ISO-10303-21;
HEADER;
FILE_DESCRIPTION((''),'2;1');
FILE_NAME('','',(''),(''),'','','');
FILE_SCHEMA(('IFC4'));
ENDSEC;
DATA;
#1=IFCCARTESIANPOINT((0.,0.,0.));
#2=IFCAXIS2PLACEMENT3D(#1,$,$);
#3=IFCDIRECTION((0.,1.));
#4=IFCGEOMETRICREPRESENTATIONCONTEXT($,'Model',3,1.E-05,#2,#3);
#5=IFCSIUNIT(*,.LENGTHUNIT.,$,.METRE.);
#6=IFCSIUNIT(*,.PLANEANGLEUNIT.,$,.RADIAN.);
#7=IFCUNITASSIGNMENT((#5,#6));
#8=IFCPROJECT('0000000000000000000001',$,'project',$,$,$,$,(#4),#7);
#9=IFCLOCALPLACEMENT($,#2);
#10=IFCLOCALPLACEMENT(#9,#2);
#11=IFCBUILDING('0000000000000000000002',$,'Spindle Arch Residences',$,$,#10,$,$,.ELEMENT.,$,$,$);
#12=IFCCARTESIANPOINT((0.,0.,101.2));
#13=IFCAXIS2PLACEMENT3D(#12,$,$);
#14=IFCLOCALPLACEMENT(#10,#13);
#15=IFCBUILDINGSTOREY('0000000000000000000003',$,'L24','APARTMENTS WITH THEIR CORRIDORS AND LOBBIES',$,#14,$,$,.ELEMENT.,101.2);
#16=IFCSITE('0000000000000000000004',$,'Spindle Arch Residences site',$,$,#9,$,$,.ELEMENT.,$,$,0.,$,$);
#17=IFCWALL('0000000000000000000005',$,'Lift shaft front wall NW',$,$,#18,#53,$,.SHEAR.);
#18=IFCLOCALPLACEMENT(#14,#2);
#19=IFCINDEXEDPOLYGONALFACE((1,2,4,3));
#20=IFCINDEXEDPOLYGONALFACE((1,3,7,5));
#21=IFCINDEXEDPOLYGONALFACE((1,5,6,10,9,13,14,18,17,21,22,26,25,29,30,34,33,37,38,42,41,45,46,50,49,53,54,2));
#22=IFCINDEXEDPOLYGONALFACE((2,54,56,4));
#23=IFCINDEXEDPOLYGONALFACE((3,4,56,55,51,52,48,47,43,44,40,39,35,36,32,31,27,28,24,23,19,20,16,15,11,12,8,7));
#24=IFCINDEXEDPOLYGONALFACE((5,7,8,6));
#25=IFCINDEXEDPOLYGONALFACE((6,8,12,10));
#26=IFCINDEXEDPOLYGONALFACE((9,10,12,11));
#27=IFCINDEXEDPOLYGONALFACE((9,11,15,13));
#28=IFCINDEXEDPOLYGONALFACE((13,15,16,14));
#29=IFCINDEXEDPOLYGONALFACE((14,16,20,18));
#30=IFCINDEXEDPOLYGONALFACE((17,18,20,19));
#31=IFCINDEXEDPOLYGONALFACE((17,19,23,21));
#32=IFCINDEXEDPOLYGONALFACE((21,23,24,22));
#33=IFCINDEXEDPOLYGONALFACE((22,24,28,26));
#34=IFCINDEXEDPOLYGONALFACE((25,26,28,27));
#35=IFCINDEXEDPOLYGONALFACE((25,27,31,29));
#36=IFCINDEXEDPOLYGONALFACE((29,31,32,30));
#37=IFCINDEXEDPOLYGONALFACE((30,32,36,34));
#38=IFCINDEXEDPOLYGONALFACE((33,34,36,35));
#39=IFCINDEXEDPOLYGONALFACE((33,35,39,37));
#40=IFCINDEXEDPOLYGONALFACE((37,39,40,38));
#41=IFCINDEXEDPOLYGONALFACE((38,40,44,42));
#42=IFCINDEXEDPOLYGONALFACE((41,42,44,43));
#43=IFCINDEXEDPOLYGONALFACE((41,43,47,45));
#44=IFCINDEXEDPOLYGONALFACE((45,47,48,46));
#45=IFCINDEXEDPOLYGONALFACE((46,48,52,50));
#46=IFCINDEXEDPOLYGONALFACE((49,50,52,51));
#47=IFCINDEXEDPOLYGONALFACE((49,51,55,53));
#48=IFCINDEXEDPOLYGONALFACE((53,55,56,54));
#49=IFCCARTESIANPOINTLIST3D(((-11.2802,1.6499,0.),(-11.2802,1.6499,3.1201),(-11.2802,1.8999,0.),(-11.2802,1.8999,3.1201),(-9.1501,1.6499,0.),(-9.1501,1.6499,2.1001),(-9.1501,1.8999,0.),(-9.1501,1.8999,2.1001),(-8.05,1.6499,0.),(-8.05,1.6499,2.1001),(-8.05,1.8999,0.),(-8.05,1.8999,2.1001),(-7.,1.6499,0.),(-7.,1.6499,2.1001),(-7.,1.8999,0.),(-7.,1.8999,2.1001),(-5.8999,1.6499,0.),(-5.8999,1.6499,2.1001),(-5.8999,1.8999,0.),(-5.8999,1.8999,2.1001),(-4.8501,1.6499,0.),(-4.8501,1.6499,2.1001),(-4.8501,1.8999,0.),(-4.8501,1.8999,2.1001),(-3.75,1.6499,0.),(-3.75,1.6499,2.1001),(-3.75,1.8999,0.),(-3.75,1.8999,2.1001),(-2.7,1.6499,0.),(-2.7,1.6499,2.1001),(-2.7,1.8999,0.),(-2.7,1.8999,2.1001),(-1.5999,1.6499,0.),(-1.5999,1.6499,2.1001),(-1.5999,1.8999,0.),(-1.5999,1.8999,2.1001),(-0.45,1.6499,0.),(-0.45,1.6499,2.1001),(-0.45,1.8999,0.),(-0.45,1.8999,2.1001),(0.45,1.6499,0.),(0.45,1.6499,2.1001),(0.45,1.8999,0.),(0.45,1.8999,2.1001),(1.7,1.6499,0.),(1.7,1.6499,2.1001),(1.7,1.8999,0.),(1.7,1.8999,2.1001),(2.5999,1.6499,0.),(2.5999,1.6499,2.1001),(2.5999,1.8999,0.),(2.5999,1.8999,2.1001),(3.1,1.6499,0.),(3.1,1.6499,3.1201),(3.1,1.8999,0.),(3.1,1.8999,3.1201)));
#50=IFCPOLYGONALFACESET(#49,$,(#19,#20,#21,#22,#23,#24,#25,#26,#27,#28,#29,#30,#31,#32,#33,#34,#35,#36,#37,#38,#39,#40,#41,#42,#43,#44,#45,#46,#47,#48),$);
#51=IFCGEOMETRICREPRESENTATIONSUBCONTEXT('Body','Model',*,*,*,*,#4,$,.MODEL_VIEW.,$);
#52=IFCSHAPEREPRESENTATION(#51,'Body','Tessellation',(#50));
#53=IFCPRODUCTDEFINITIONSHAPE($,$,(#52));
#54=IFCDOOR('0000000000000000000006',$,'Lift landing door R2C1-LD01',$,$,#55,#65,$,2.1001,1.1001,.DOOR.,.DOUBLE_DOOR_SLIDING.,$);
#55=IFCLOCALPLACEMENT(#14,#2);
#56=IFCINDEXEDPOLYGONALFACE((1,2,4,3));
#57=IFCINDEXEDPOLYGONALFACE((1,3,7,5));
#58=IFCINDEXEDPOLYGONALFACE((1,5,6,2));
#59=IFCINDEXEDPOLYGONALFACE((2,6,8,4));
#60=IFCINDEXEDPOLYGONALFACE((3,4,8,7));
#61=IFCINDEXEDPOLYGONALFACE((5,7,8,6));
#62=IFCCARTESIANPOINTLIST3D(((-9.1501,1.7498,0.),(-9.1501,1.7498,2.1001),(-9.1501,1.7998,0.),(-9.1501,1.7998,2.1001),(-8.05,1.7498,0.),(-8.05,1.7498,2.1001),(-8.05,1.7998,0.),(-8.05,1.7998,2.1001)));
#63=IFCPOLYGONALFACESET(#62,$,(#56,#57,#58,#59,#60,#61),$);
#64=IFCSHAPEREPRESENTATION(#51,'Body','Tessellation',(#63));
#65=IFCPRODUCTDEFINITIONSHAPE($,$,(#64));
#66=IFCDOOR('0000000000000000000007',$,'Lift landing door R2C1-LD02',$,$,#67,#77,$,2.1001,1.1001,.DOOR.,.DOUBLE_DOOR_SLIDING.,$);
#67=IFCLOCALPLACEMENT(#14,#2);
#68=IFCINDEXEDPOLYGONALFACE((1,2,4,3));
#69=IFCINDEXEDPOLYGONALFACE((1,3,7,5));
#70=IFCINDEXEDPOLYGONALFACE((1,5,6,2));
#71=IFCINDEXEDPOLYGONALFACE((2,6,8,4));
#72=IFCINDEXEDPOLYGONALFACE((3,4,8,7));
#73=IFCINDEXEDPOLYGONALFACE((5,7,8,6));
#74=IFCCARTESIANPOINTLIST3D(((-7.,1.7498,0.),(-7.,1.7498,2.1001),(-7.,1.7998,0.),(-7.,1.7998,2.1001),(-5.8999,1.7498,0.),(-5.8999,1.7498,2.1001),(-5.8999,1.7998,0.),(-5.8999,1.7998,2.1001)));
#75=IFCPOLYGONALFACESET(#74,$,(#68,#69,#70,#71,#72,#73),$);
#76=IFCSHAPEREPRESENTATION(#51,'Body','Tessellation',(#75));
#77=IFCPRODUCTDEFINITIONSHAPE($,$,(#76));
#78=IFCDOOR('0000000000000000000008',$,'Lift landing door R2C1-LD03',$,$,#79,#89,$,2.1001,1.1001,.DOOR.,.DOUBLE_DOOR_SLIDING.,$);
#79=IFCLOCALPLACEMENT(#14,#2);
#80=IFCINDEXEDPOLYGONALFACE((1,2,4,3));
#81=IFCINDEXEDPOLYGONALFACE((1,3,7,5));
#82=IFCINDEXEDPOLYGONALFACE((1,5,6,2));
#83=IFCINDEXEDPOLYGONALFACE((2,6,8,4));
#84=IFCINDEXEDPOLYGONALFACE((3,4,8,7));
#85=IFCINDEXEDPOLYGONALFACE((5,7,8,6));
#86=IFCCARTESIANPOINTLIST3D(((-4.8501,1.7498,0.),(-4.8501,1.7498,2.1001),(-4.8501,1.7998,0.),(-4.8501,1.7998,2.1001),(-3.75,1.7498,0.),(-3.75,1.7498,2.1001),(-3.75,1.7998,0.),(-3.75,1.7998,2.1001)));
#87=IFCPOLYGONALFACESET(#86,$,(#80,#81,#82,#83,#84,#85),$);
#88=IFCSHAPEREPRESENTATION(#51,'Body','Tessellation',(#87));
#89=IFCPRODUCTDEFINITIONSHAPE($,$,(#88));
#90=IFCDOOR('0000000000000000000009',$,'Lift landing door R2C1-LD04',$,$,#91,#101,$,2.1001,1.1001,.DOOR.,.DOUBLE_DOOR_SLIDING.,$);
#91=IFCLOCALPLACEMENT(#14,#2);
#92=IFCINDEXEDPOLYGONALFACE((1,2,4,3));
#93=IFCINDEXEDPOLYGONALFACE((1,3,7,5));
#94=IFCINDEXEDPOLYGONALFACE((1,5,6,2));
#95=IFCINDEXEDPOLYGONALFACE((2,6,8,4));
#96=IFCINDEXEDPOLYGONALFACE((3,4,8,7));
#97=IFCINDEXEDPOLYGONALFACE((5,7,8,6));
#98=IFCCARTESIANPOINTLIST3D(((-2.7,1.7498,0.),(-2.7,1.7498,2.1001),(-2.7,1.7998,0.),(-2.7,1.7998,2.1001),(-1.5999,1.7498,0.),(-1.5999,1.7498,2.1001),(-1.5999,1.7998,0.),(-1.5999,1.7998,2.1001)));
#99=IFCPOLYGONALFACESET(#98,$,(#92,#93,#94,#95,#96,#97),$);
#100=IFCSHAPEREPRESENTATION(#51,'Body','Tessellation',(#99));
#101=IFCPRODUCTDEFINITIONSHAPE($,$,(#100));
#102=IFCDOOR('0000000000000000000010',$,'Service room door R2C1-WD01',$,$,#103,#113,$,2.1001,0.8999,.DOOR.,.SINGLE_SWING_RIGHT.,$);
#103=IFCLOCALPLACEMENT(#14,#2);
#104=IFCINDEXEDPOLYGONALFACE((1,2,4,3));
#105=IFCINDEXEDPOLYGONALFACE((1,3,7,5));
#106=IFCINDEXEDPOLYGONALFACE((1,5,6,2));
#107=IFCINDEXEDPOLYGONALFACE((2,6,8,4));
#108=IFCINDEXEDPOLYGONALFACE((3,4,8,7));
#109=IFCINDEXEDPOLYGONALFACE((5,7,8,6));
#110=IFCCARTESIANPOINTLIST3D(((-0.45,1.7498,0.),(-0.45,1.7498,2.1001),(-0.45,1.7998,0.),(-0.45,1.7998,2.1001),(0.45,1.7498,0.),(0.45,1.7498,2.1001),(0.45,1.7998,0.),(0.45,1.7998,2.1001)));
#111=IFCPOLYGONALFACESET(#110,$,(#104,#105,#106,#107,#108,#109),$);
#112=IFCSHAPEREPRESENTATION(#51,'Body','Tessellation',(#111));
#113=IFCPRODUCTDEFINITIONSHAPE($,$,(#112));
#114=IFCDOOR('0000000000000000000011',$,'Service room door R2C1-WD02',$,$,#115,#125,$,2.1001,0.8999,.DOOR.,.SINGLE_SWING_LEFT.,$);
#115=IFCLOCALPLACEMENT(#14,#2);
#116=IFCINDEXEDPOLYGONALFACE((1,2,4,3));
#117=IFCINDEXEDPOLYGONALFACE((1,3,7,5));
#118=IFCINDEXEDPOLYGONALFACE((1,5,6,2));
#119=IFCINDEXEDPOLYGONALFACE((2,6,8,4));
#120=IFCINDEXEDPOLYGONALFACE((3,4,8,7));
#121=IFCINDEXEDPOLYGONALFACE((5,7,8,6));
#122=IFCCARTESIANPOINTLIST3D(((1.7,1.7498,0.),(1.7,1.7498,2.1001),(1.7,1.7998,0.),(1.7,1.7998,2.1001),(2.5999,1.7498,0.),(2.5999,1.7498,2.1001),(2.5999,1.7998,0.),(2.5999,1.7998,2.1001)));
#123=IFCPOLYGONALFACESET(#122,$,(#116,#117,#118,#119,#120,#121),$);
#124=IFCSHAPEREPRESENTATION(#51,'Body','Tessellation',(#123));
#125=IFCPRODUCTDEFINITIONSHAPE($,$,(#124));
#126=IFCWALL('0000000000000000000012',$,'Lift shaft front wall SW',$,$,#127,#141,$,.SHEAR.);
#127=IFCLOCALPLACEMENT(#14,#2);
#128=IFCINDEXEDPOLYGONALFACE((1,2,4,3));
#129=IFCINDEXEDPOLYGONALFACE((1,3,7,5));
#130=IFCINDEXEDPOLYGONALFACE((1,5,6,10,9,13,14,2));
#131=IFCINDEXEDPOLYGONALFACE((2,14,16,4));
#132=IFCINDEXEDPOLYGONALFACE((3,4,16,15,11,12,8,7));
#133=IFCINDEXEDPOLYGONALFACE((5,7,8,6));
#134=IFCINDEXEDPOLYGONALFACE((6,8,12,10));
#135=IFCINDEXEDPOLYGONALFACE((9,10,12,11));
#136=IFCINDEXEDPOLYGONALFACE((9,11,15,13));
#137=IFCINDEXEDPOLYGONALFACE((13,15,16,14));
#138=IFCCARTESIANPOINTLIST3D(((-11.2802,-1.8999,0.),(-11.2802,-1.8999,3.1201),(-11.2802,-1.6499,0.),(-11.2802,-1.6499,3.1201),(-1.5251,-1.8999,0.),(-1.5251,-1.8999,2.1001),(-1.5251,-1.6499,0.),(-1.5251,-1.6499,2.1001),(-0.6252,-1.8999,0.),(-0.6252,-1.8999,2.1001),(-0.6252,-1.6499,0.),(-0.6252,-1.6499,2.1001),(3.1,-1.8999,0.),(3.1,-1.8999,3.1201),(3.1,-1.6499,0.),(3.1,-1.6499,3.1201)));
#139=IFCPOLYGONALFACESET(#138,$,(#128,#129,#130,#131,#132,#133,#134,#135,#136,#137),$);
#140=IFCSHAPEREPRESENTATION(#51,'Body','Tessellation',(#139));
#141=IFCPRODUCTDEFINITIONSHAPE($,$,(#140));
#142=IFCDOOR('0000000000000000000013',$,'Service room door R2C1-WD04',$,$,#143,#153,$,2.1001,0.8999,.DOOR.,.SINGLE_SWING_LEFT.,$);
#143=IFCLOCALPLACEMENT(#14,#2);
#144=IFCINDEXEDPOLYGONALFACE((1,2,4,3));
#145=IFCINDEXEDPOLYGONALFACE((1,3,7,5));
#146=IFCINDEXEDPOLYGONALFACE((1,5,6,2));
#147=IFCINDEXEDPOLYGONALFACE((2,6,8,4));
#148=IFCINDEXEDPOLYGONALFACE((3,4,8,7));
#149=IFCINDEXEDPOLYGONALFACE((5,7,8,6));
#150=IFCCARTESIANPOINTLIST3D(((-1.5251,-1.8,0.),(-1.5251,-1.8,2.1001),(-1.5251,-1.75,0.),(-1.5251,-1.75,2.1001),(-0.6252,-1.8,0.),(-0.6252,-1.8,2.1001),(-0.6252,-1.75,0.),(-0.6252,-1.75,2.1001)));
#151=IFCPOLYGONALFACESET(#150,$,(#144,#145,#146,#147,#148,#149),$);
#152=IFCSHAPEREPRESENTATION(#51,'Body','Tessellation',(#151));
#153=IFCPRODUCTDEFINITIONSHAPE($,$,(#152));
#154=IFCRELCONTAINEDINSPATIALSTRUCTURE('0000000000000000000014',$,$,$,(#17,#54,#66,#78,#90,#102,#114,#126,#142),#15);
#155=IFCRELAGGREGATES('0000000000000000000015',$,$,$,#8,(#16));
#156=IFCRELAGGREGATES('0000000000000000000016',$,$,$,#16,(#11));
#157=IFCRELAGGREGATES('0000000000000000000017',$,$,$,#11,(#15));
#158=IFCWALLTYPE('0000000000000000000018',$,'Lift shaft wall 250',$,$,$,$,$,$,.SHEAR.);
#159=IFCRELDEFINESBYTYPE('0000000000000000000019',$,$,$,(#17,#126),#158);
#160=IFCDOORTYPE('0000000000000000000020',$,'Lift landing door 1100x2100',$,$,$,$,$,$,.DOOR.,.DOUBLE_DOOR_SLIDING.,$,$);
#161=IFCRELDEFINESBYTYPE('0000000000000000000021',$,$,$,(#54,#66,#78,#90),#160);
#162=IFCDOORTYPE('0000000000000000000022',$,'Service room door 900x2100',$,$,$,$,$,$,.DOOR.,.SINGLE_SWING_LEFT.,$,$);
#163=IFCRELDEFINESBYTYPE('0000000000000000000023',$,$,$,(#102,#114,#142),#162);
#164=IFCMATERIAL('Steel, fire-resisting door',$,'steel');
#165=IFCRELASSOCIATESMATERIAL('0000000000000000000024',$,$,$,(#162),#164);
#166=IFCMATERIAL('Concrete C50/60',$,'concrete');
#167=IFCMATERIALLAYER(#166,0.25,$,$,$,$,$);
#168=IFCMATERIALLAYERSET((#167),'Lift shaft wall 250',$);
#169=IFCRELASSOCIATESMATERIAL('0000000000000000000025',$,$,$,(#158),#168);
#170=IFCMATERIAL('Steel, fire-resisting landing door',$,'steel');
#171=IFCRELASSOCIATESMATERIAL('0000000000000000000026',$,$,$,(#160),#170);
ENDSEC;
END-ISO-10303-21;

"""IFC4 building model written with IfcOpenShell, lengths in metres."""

from ifc_helpers import new_model, si_unit, direction, frame, frame_2d, origin, place, context, subcontext, project, spatial, rectangle, extrude, material, layer, layer_set, type_object, element, fill, save


model = new_model("IFC4")

# Units and contexts
model_context = context("Model", 3, precision=1e-05, world=origin(), true_north=direction((0.0, 1.0)))
body_context = subcontext(model_context, "Body", "Model", "MODEL_VIEW")
ifc_project = project(units=[si_unit("LENGTHUNIT", "METRE"), si_unit("PLANEANGLEUNIT", "RADIAN")], contexts=[model_context])

# Site, building, storey
site_placement = place(None, origin())
site = spatial("IfcSite", under=ifc_project, at=site_placement, Name="Spindle Arch Residences site", CompositionType="ELEMENT", RefElevation=0.0)
building_placement = place(site_placement, origin())
building = spatial("IfcBuilding", under=site, at=building_placement, Name="Spindle Arch Residences", CompositionType="ELEMENT")
storey_placement = place(building_placement, frame((0.0, 0.0, 101.2)))
storey = spatial("IfcBuildingStorey", under=building, at=storey_placement, Name="L24", Description="APARTMENTS WITH THEIR CORRIDORS AND LOBBIES", CompositionType="ELEMENT", Elevation=101.2)

# Shared definitions
ifc_material_1 = material(Name="Steel, fire-resisting door", Category="steel")
door_type_1 = type_object("IfcDoorType", Name="Service room door 900x2100", OperationType="SINGLE_SWING_LEFT", PredefinedType="DOOR", material=ifc_material_1)

# Wall, openings, doors
ifc_material_2 = material(Name="Concrete C50/60", Category="concrete")
ifc_layer_1 = layer(ifc_material_2, 0.25)
ifc_layer_set_1 = layer_set([ifc_layer_1], Name="Lift shaft wall 250")
wall_type_1 = type_object("IfcWallType", Name="Lift shaft wall 250", PredefinedType="SHEAR", material=ifc_layer_set_1)
wall_1_placement = place(storey_placement, frame((-11.28, 1.7749, 0.0), z_axis=(0.0, 0.0, 1.0), x_axis=(1.0, 0.0, 0.0)))
wall_1 = element("IfcWall", 1, at=wall_1_placement, inside=storey, type_object=wall_type_1, Name="Lift shaft front wall NW", PredefinedType="SHEAR", context=body_context, shape_type="SweptSolid", body=[
    extrude(rectangle(XDim=14.3801, YDim=0.25, at=frame_2d((7.1899, 0.0))), origin(), (0.0, 0.0, 1.0), 3.1201),
])
opening_1_placement = place(wall_1_placement, frame((2.1299, 0.0, 0.0)))
opening_1 = element("IfcOpeningElement", 2, at=opening_1_placement, cuts=wall_1, PredefinedType="OPENING", context=body_context, shape_type="SweptSolid", body=[
    extrude(rectangle(XDim=1.1001, YDim=2.1001, at=frame_2d((0.55, 1.05))), frame((0.0, 0.135, 0.0), z_axis=(0.0, -1.0, 0.0), x_axis=(1.0, 0.0, 0.0)), (0.0, 0.0, 1.0), 0.27),
])
opening_2_placement = place(wall_1_placement, frame((4.28, 0.0, 0.0)))
opening_2 = element("IfcOpeningElement", 3, at=opening_2_placement, cuts=wall_1, PredefinedType="OPENING", context=body_context, shape_type="SweptSolid", body=[
    extrude(rectangle(XDim=1.1001, YDim=2.1001, at=frame_2d((0.55, 1.05))), frame((0.0, 0.135, 0.0), z_axis=(0.0, -1.0, 0.0), x_axis=(1.0, 0.0, 0.0)), (0.0, 0.0, 1.0), 0.27),
])
opening_3_placement = place(wall_1_placement, frame((6.4299, 0.0, 0.0)))
opening_3 = element("IfcOpeningElement", 4, at=opening_3_placement, cuts=wall_1, PredefinedType="OPENING", context=body_context, shape_type="SweptSolid", body=[
    extrude(rectangle(XDim=1.1001, YDim=2.1001, at=frame_2d((0.55, 1.05))), frame((0.0, 0.135, 0.0), z_axis=(0.0, -1.0, 0.0), x_axis=(1.0, 0.0, 0.0)), (0.0, 0.0, 1.0), 0.27),
])
opening_4_placement = place(wall_1_placement, frame((8.5801, 0.0, 0.0)))
opening_4 = element("IfcOpeningElement", 5, at=opening_4_placement, cuts=wall_1, PredefinedType="OPENING", context=body_context, shape_type="SweptSolid", body=[
    extrude(rectangle(XDim=1.1001, YDim=2.1001, at=frame_2d((0.55, 1.05))), frame((0.0, 0.135, 0.0), z_axis=(0.0, -1.0, 0.0), x_axis=(1.0, 0.0, 0.0)), (0.0, 0.0, 1.0), 0.27),
])
opening_5_placement = place(wall_1_placement, frame((10.8301, 0.0, 0.0)))
opening_5 = element("IfcOpeningElement", 6, at=opening_5_placement, cuts=wall_1, PredefinedType="OPENING", context=body_context, shape_type="SweptSolid", body=[
    extrude(rectangle(XDim=0.8999, YDim=2.1001, at=frame_2d((0.45, 1.05))), frame((0.0, 0.135, 0.0), z_axis=(0.0, -1.0, 0.0), x_axis=(1.0, 0.0, 0.0)), (0.0, 0.0, 1.0), 0.27),
])
opening_6_placement = place(wall_1_placement, frame((12.98, 0.0, 0.0)))
opening_6 = element("IfcOpeningElement", 7, at=opening_6_placement, cuts=wall_1, PredefinedType="OPENING", context=body_context, shape_type="SweptSolid", body=[
    extrude(rectangle(XDim=0.8999, YDim=2.1001, at=frame_2d((0.45, 1.05))), frame((0.0, 0.135, 0.0), z_axis=(0.0, -1.0, 0.0), x_axis=(1.0, 0.0, 0.0)), (0.0, 0.0, 1.0), 0.27),
])
ifc_material_3 = material(Name="Steel, fire-resisting landing door", Category="steel")
door_type_2 = type_object("IfcDoorType", Name="Lift landing door 1100x2100", OperationType="DOUBLE_DOOR_SLIDING", PredefinedType="DOOR", material=ifc_material_3)
door_1_placement = place(opening_1_placement, origin())
door_1 = element("IfcDoor", 8, at=door_1_placement, inside=storey, type_object=door_type_2, Name="Lift landing door R2C1-LD01", OperationType="DOUBLE_DOOR_SLIDING", OverallHeight=2.1001, OverallWidth=1.1001, PredefinedType="DOOR", context=body_context, shape_type="SweptSolid", body=[
    extrude(rectangle(XDim=1.1001, YDim=2.1001, at=frame_2d((0.55, 1.05))), frame((0.0, 0.0249, 0.0), z_axis=(0.0, -1.0, 0.0), x_axis=(1.0, 0.0, 0.0)), (0.0, 0.0, 1.0), 0.05),
])
fill(opening_1, door_1)
door_2_placement = place(opening_2_placement, origin())
door_2 = element("IfcDoor", 9, at=door_2_placement, inside=storey, type_object=door_type_2, Name="Lift landing door R2C1-LD02", OperationType="DOUBLE_DOOR_SLIDING", OverallHeight=2.1001, OverallWidth=1.1001, PredefinedType="DOOR", context=body_context, shape_type="SweptSolid", body=[
    extrude(rectangle(XDim=1.1001, YDim=2.1001, at=frame_2d((0.55, 1.05))), frame((0.0, 0.0249, 0.0), z_axis=(0.0, -1.0, 0.0), x_axis=(1.0, 0.0, 0.0)), (0.0, 0.0, 1.0), 0.05),
])
fill(opening_2, door_2)
door_3_placement = place(opening_3_placement, origin())
door_3 = element("IfcDoor", 10, at=door_3_placement, inside=storey, type_object=door_type_2, Name="Lift landing door R2C1-LD03", OperationType="DOUBLE_DOOR_SLIDING", OverallHeight=2.1001, OverallWidth=1.1001, PredefinedType="DOOR", context=body_context, shape_type="SweptSolid", body=[
    extrude(rectangle(XDim=1.1001, YDim=2.1001, at=frame_2d((0.55, 1.05))), frame((0.0, 0.0249, 0.0), z_axis=(0.0, -1.0, 0.0), x_axis=(1.0, 0.0, 0.0)), (0.0, 0.0, 1.0), 0.05),
])
fill(opening_3, door_3)
door_4_placement = place(opening_4_placement, origin())
door_4 = element("IfcDoor", 11, at=door_4_placement, inside=storey, type_object=door_type_2, Name="Lift landing door R2C1-LD04", OperationType="DOUBLE_DOOR_SLIDING", OverallHeight=2.1001, OverallWidth=1.1001, PredefinedType="DOOR", context=body_context, shape_type="SweptSolid", body=[
    extrude(rectangle(XDim=1.1001, YDim=2.1001, at=frame_2d((0.55, 1.05))), frame((0.0, 0.0249, 0.0), z_axis=(0.0, -1.0, 0.0), x_axis=(1.0, 0.0, 0.0)), (0.0, 0.0, 1.0), 0.05),
])
fill(opening_4, door_4)
door_5_placement = place(opening_5_placement, origin())
door_5 = element("IfcDoor", 12, at=door_5_placement, inside=storey, type_object=door_type_1, Name="Service room door R2C1-WD01", OperationType="SINGLE_SWING_RIGHT", OverallHeight=2.1001, OverallWidth=0.8999, PredefinedType="DOOR", context=body_context, shape_type="SweptSolid", body=[
    extrude(rectangle(XDim=0.8999, YDim=2.1001, at=frame_2d((0.45, 1.05))), frame((0.0, 0.0249, 0.0), z_axis=(0.0, -1.0, 0.0), x_axis=(1.0, 0.0, 0.0)), (0.0, 0.0, 1.0), 0.05),
])
fill(opening_5, door_5)
door_6_placement = place(opening_6_placement, origin())
door_6 = element("IfcDoor", 13, at=door_6_placement, inside=storey, type_object=door_type_1, Name="Service room door R2C1-WD02", OperationType="SINGLE_SWING_LEFT", OverallHeight=2.1001, OverallWidth=0.8999, PredefinedType="DOOR", context=body_context, shape_type="SweptSolid", body=[
    extrude(rectangle(XDim=0.8999, YDim=2.1001, at=frame_2d((0.45, 1.05))), frame((0.0, 0.0249, 0.0), z_axis=(0.0, -1.0, 0.0), x_axis=(1.0, 0.0, 0.0)), (0.0, 0.0, 1.0), 0.05),
])
fill(opening_6, door_6)

# Wall, opening, door
wall_2_placement = place(storey_placement, frame((-11.28, -1.7749, 0.0), z_axis=(0.0, 0.0, 1.0), x_axis=(1.0, 0.0, 0.0)))
wall_2 = element("IfcWall", 14, at=wall_2_placement, inside=storey, type_object=wall_type_1, Name="Lift shaft front wall SW", PredefinedType="SHEAR", context=body_context, shape_type="SweptSolid", body=[
    extrude(rectangle(XDim=14.3801, YDim=0.25, at=frame_2d((7.1899, 0.0))), origin(), (0.0, 0.0, 1.0), 3.1201),
])
opening_7_placement = place(wall_2_placement, frame((9.7549, 0.0, 0.0)))
opening_7 = element("IfcOpeningElement", 15, at=opening_7_placement, cuts=wall_2, PredefinedType="OPENING", context=body_context, shape_type="SweptSolid", body=[
    extrude(rectangle(XDim=0.8999, YDim=2.1001, at=frame_2d((0.45, 1.05))), frame((0.0, 0.135, 0.0), z_axis=(0.0, -1.0, 0.0), x_axis=(1.0, 0.0, 0.0)), (0.0, 0.0, 1.0), 0.27),
])
door_7_placement = place(opening_7_placement, origin())
door_7 = element("IfcDoor", 16, at=door_7_placement, inside=storey, type_object=door_type_1, Name="Service room door R2C1-WD04", OperationType="SINGLE_SWING_LEFT", OverallHeight=2.1001, OverallWidth=0.8999, PredefinedType="DOOR", context=body_context, shape_type="SweptSolid", body=[
    extrude(rectangle(XDim=0.8999, YDim=2.1001, at=frame_2d((0.45, 1.05))), frame((0.0, 0.0249, 0.0), z_axis=(0.0, -1.0, 0.0), x_axis=(1.0, 0.0, 0.0)), (0.0, 0.0, 1.0), 0.05),
])
fill(opening_7, door_7)

save(model, "model.ifc")
